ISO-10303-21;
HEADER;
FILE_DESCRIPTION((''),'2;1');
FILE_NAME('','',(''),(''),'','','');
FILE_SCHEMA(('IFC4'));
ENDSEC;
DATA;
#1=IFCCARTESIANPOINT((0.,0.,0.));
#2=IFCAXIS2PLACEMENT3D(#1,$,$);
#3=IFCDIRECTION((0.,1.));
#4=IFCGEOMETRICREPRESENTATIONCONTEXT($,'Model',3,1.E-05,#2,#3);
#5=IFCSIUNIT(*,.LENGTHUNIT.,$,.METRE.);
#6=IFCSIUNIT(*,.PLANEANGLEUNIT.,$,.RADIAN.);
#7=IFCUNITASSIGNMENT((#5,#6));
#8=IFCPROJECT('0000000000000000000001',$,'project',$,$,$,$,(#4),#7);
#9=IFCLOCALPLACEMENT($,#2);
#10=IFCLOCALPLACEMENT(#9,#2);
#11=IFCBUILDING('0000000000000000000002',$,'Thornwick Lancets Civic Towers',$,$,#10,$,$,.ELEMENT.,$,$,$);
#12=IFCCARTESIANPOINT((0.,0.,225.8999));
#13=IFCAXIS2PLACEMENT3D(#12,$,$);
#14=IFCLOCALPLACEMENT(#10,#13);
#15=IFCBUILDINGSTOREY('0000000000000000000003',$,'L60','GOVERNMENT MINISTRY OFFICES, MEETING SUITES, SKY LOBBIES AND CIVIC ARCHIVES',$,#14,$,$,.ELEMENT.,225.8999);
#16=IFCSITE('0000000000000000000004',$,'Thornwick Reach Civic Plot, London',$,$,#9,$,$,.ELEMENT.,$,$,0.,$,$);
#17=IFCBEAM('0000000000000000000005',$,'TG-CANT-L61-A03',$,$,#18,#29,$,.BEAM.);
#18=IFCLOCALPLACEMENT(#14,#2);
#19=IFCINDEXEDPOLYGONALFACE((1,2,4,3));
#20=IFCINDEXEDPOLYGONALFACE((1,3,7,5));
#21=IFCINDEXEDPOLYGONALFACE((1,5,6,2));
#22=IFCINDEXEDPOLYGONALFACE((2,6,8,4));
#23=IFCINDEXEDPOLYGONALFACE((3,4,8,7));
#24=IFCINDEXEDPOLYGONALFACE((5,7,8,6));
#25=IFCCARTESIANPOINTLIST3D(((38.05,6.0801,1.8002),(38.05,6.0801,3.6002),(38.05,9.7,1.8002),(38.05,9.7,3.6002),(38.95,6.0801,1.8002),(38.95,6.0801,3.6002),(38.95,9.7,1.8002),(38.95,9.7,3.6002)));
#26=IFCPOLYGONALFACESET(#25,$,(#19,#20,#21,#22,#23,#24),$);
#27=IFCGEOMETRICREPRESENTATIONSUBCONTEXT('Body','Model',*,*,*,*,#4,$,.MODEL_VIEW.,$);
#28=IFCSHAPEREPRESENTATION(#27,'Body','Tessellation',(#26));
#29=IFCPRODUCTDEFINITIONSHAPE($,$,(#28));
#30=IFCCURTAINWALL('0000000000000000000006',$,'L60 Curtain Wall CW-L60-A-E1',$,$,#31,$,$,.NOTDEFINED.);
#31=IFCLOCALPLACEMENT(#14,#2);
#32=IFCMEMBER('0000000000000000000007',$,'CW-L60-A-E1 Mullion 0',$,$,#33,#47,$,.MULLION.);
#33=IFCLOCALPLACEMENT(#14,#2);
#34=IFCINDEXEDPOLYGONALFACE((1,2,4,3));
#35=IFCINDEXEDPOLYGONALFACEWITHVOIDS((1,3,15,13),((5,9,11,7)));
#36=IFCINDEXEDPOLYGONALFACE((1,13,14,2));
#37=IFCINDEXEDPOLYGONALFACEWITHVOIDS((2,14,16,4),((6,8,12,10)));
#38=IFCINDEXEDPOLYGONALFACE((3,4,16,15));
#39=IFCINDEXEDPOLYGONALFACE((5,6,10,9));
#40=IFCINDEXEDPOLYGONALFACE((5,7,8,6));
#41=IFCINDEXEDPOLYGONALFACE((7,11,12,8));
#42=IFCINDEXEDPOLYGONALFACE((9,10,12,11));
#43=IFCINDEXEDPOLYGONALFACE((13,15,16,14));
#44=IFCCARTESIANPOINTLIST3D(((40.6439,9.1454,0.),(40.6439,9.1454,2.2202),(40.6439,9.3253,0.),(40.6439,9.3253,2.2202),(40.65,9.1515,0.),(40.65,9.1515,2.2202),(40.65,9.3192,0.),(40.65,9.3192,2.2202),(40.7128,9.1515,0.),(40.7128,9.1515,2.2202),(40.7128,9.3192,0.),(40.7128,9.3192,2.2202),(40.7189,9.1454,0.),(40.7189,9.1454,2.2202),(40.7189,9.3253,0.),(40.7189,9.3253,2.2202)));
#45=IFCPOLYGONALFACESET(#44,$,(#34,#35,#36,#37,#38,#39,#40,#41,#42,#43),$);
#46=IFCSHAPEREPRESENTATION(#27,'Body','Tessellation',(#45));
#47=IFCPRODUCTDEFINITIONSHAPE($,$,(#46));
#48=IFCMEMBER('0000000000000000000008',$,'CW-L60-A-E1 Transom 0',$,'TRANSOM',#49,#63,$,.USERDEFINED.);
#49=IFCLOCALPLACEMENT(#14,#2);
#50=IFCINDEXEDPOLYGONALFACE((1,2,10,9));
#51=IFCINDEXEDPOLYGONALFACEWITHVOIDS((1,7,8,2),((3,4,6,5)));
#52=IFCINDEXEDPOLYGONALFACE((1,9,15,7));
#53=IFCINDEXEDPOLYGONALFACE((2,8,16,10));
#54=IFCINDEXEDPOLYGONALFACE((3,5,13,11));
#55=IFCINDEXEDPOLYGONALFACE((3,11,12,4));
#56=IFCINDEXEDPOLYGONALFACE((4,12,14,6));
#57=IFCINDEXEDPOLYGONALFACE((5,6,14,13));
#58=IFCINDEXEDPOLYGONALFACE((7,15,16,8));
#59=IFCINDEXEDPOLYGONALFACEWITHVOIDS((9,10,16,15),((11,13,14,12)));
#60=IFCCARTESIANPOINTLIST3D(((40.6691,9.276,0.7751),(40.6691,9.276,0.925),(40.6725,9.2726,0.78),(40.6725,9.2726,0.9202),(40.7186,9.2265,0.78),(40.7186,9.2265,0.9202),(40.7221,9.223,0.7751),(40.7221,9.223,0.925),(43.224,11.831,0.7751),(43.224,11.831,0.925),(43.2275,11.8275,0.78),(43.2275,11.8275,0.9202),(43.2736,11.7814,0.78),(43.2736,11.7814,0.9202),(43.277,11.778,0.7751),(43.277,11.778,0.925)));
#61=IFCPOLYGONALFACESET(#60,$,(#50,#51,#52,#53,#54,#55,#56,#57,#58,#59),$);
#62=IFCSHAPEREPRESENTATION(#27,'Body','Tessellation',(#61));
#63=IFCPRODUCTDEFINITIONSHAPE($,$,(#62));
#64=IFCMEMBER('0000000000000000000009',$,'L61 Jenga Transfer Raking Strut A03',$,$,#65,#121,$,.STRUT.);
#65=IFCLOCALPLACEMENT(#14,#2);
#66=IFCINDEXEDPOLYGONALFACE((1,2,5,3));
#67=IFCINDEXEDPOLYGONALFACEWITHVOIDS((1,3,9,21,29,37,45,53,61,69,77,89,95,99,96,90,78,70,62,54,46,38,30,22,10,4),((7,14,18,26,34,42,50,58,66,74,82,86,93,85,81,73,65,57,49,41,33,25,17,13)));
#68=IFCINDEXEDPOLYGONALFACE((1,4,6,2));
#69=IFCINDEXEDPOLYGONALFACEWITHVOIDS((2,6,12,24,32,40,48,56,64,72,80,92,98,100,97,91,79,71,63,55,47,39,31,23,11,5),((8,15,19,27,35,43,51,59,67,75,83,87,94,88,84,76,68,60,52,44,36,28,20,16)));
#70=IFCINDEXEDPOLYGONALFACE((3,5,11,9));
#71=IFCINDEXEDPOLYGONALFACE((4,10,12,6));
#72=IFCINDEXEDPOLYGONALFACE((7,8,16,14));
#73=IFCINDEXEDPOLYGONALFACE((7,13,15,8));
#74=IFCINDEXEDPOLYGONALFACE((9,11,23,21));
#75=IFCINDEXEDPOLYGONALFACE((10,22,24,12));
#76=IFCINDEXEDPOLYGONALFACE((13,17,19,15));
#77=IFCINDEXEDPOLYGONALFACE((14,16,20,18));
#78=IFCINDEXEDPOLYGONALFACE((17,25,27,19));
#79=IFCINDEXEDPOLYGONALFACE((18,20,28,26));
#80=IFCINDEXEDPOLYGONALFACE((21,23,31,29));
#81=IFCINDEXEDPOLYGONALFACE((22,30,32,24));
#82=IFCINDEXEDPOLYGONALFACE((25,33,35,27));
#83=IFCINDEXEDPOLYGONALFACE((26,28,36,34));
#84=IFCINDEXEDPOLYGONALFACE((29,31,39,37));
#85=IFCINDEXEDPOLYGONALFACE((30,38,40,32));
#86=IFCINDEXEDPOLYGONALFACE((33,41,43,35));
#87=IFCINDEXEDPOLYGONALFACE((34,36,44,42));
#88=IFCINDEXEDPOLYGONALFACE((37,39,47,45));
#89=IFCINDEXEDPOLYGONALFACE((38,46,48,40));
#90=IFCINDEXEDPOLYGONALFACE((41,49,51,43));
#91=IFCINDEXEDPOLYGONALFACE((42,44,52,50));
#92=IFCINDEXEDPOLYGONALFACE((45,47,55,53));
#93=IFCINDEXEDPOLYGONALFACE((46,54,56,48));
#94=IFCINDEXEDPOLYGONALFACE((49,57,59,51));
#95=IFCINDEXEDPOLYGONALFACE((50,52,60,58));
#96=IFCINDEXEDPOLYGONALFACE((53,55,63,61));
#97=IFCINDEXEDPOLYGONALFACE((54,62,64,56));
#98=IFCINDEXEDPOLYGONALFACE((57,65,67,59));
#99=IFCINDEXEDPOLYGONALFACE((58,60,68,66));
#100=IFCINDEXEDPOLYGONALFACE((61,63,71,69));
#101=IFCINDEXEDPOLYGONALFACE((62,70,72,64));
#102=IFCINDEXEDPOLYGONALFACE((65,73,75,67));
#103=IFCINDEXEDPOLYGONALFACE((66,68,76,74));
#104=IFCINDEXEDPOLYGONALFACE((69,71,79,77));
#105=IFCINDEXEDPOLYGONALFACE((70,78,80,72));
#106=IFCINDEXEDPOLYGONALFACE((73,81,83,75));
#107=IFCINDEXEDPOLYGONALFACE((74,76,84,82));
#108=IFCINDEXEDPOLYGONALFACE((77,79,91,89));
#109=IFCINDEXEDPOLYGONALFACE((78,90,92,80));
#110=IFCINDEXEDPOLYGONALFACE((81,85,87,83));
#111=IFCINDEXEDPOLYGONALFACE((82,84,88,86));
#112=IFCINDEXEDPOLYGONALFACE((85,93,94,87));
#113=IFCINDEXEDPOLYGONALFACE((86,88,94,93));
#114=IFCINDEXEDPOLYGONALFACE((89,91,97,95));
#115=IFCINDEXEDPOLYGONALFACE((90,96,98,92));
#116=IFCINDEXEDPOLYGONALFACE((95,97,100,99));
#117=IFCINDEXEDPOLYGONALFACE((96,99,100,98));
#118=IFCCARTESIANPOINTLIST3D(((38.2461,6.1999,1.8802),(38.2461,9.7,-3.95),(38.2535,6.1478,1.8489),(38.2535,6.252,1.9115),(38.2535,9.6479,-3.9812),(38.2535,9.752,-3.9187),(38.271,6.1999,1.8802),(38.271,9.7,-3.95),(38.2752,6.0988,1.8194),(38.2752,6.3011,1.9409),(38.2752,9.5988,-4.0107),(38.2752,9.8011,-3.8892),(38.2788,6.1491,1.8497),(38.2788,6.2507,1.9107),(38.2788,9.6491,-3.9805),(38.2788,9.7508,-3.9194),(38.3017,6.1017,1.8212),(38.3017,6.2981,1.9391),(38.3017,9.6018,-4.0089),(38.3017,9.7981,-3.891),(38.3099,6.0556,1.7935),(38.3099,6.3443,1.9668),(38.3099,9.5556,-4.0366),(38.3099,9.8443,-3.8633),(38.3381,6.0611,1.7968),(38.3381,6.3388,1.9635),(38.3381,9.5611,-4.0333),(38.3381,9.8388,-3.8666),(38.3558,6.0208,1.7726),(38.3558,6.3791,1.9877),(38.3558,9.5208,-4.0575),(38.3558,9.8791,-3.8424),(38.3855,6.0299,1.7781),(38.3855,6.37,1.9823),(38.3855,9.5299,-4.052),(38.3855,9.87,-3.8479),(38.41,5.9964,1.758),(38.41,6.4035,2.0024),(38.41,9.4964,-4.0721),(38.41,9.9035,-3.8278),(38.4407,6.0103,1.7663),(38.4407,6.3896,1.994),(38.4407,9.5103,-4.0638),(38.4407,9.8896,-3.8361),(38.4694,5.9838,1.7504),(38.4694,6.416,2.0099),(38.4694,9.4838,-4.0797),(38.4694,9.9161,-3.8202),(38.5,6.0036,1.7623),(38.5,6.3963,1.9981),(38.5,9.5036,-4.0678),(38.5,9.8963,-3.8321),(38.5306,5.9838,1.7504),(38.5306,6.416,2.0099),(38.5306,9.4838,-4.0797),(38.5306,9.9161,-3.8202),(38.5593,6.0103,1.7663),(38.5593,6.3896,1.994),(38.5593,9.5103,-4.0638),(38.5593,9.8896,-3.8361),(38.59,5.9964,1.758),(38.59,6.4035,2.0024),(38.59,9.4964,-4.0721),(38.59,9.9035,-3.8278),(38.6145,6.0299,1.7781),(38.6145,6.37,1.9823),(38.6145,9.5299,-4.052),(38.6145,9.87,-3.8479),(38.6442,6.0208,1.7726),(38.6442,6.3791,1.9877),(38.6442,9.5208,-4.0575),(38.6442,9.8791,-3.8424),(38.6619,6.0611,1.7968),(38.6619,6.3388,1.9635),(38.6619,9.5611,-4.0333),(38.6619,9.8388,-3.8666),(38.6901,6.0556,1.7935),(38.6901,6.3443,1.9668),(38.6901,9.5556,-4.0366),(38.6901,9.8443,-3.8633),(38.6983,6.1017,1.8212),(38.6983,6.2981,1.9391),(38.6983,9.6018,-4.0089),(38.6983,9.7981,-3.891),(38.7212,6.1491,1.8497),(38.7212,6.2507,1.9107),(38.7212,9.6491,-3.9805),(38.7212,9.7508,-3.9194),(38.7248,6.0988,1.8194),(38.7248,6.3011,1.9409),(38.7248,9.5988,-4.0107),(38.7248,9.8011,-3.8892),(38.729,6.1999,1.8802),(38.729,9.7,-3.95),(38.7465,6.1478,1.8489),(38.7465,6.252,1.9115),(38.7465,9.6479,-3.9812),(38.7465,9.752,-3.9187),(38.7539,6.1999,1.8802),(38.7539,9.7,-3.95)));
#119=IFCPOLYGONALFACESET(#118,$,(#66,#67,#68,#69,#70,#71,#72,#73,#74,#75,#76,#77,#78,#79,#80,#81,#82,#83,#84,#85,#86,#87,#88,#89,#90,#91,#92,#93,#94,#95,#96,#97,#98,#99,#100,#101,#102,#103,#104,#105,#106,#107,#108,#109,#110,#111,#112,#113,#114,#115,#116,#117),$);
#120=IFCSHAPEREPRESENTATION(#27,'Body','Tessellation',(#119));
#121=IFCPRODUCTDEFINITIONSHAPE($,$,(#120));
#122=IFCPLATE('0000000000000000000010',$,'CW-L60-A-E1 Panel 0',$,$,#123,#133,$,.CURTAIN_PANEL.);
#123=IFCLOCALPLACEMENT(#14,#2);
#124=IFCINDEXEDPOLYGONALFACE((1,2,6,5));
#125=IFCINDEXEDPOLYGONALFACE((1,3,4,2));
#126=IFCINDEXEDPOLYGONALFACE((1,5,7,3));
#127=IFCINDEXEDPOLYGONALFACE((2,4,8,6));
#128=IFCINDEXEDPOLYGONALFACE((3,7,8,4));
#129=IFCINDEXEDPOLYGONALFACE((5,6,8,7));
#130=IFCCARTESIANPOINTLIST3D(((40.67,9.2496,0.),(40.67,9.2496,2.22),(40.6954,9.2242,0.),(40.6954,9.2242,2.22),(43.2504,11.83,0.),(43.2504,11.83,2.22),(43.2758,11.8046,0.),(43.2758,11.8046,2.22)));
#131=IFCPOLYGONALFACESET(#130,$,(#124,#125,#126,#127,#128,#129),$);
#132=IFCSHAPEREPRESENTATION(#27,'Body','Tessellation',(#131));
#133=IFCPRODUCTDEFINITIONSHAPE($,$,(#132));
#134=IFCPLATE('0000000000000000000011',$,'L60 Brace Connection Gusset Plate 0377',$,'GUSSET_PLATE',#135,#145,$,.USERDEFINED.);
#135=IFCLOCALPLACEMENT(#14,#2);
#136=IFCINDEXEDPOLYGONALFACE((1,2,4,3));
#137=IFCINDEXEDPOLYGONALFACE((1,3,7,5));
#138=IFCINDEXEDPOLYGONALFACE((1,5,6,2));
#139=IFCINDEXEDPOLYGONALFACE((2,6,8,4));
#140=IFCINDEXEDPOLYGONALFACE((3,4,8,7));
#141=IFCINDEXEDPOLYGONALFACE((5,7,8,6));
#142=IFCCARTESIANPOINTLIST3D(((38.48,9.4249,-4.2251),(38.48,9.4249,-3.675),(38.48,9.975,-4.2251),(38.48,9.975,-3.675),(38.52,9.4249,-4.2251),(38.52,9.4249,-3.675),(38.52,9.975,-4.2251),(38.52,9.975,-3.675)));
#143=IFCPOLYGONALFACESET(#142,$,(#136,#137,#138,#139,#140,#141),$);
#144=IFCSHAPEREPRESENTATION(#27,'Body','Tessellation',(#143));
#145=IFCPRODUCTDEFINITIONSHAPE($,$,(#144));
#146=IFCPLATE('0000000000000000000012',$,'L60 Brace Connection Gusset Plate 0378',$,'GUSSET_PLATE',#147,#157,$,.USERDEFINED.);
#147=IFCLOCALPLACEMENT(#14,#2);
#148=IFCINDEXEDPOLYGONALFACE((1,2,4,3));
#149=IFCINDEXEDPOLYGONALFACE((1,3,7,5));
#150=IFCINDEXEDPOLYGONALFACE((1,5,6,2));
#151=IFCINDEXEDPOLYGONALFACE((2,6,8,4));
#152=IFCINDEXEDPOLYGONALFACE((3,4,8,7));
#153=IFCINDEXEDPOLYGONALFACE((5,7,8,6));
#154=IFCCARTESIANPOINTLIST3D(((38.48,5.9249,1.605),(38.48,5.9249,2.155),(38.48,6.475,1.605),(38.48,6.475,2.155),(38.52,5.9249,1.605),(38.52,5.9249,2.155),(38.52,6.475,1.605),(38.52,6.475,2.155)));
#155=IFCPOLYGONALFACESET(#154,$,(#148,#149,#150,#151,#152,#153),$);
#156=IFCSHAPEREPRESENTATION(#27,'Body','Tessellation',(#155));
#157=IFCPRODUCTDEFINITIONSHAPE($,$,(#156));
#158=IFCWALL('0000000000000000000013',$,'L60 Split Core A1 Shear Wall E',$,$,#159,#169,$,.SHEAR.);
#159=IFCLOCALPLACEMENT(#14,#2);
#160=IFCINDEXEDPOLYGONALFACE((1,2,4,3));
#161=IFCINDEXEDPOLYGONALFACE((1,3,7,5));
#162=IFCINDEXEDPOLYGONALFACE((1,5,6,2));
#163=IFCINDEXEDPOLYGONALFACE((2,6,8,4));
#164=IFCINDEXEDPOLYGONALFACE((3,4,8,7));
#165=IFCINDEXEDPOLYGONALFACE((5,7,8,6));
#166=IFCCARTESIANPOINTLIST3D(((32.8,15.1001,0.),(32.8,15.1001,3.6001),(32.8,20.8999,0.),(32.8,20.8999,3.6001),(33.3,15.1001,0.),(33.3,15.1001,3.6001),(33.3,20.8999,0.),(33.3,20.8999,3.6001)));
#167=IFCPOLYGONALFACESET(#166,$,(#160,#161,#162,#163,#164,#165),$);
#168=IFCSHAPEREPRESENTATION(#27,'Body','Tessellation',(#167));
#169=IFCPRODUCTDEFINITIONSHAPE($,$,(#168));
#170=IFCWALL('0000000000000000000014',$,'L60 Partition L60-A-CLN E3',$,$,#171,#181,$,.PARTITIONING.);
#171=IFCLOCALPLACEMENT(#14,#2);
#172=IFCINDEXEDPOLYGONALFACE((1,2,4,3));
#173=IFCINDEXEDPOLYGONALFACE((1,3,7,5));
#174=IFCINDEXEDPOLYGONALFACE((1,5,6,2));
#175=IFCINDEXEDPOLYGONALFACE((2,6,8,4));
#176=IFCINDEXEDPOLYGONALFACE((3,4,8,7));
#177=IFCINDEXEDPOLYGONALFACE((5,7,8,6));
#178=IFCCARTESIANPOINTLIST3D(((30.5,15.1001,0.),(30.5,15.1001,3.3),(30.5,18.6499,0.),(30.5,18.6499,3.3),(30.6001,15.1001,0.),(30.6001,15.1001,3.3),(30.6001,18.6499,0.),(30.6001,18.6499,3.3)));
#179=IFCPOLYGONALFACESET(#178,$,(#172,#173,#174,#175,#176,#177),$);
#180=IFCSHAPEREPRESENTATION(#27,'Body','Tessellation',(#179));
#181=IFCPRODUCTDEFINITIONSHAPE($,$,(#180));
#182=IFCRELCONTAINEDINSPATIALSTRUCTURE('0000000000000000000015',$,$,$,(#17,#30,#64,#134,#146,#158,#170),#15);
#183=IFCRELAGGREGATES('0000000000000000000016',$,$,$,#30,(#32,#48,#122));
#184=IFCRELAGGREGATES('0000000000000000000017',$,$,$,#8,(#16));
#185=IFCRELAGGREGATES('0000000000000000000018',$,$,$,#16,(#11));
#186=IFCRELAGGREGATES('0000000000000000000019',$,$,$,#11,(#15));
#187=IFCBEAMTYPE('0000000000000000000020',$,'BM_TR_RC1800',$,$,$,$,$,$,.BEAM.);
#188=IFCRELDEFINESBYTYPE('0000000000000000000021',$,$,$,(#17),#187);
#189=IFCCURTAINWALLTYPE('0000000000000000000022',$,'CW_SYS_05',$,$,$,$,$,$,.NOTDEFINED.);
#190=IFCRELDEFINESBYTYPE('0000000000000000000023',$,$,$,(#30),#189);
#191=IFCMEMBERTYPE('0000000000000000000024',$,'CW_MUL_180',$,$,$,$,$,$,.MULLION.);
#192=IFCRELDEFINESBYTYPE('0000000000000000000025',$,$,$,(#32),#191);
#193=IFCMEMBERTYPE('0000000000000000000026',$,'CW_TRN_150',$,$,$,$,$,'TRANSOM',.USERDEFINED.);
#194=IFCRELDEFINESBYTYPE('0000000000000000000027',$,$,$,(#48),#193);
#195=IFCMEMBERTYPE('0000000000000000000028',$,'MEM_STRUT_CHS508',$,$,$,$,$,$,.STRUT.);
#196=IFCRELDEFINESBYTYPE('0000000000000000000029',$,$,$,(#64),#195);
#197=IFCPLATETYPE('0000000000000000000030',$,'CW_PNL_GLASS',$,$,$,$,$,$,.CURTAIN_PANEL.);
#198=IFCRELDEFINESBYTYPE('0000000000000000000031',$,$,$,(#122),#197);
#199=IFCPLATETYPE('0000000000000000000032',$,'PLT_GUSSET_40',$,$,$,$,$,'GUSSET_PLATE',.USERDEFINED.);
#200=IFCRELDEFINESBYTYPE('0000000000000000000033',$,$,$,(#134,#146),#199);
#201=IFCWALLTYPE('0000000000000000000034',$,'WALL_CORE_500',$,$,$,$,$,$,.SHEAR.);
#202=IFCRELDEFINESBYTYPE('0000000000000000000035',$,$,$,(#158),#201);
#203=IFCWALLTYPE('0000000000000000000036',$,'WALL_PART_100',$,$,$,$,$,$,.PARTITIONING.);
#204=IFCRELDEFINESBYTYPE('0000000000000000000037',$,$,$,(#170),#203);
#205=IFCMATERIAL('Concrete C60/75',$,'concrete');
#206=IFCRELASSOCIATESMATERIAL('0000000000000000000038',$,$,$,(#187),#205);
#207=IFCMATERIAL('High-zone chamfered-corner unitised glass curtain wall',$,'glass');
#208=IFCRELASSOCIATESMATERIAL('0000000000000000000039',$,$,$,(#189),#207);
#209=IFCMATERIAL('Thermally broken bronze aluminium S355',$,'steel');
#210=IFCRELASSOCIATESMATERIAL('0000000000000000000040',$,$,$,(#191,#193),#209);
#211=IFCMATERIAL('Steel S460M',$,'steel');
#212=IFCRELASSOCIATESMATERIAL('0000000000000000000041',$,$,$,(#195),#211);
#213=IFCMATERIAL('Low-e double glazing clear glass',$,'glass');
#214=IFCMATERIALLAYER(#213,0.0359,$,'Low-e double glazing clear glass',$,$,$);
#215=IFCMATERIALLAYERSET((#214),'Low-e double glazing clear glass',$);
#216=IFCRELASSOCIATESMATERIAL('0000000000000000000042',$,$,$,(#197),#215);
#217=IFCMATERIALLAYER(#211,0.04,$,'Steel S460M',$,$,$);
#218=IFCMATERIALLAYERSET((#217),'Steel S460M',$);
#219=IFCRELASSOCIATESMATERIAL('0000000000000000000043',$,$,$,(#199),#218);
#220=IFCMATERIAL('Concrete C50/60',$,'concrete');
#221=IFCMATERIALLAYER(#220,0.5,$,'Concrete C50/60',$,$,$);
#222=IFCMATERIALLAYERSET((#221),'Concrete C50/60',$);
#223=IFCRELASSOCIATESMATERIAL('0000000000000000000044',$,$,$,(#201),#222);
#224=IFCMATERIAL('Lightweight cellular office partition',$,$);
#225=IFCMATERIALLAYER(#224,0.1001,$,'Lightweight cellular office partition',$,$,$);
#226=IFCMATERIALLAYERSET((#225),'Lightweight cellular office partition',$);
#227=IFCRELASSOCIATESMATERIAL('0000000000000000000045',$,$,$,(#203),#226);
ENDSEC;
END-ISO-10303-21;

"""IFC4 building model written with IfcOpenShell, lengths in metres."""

from ifc_helpers import new_model, si_unit, direction, frame, frame_2d, origin, origin_2d, place, context, subcontext, project, spatial, rectangle, hollow_rectangle, hollow_circle, extrude, material, layer, layer_set, material_profile, profile_set, type_object, element, aggregate, save


model = new_model("IFC4")

# Units and contexts
model_context = context("Model", 3, precision=1e-05, world=origin(), true_north=direction((0.0, 1.0)))
body_context = subcontext(model_context, "Body", "Model", "MODEL_VIEW")
ifc_project = project(units=[si_unit("LENGTHUNIT", "METRE"), si_unit("PLANEANGLEUNIT", "RADIAN")], contexts=[model_context])

# Site, building, storey
site_placement = place(None, origin())
site = spatial("IfcSite", under=ifc_project, at=site_placement, Name="Thornwick Reach Civic Plot, London", CompositionType="ELEMENT", RefElevation=0.0)
building_placement = place(site_placement, origin())
building = spatial("IfcBuilding", under=site, at=building_placement, Name="Thornwick Lancets Civic Towers", CompositionType="ELEMENT")
storey_placement = place(building_placement, frame((0.0, 0.0, 225.8999)))
storey = spatial("IfcBuildingStorey", under=building, at=storey_placement, Name="L60", Description="GOVERNMENT MINISTRY OFFICES, MEETING SUITES, SKY LOBBIES AND CIVIC ARCHIVES", CompositionType="ELEMENT", Elevation=225.8999)

# Shared definitions
ifc_material_1 = material(Name="Concrete C50/60", Category="concrete")

# Beam
ifc_material_2 = material(Name="Concrete C60/75", Category="concrete")
ifc_material_profile_1 = material_profile(ifc_material_2, rectangle(XDim=0.8999, YDim=1.8, at=origin_2d()), Name="RC 900x1800")
ifc_profile_set_1 = profile_set([ifc_material_profile_1], Name="Concrete C60/75")
beam_type_1 = type_object("IfcBeamType", Name="BM_TR_RC1800", PredefinedType="BEAM", material=ifc_profile_set_1)
beam_1_placement = place(storey_placement, frame((38.5, 9.7, 2.7002), z_axis=(0.0, -1.0, 0.0), x_axis=(1.0, 0.0, 0.0)))
element("IfcBeam", 1, at=beam_1_placement, inside=storey, type_object=beam_type_1, Name="TG-CANT-L61-A03", PredefinedType="BEAM", context=body_context, shape_type="SweptSolid", body=[
    extrude(rectangle(XDim=0.8999, YDim=1.8, at=origin_2d()), origin(), (0.0, 0.0, 1.0), 3.6199),
])

# Curtain wall, members
ifc_material_3 = material(Name="High-zone chamfered-corner unitised glass curtain wall", Category="glass")
curtain_wall_type = type_object("IfcCurtainWallType", Name="CW_SYS_05", PredefinedType="NOTDEFINED", material=ifc_material_3)
curtain_wall_placement = place(storey_placement, origin())
curtain_wall = element("IfcCurtainWall", 2, at=curtain_wall_placement, inside=storey, type_object=curtain_wall_type, Name="L60 Curtain Wall CW-L60-A-E1", PredefinedType="NOTDEFINED")
ifc_material_4 = material(Name="Thermally broken bronze aluminium S355", Category="steel")
ifc_material_profile_2 = material_profile(ifc_material_4, hollow_rectangle(XDim=0.075, YDim=0.1799, WallThickness=0.0061, at=origin_2d()), Name="RHS 180x75x6")
ifc_profile_set_2 = profile_set([ifc_material_profile_2], Name="Thermally broken bronze aluminium S355")
member_type_1 = type_object("IfcMemberType", Name="CW_MUL_180", PredefinedType="MULLION", material=ifc_profile_set_2)
member_1_placement = place(storey_placement, frame((40.6814, 9.2354, 0.0), z_axis=(0.0, 0.0, 1.0), x_axis=(1.0, 0.0, 0.0)))
member_1 = element("IfcMember", 3, at=member_1_placement, type_object=member_type_1, Name="CW-L60-A-E1 Mullion 0", PredefinedType="MULLION", context=body_context, shape_type="SweptSolid", body=[
    extrude(hollow_rectangle(XDim=0.075, YDim=0.1799, WallThickness=0.0061, at=origin_2d()), origin(), (0.0, 0.0, 1.0), 2.2202),
])
ifc_material_profile_3 = material_profile(ifc_material_4, hollow_rectangle(XDim=0.075, YDim=0.1499, WallThickness=0.0049, at=origin_2d()), Name="RHS 150x75x5")
ifc_profile_set_3 = profile_set([ifc_material_profile_3], Name="Thermally broken bronze aluminium S355")
member_type_2 = type_object("IfcMemberType", Name="CW_TRN_150", ElementType="TRANSOM", PredefinedType="USERDEFINED", material=ifc_profile_set_3)
member_2_placement = place(storey_placement, frame((40.6956, 9.2495, 0.8501), z_axis=(0.707107, 0.707107, 0.0), x_axis=(-0.707107, 0.707107, 0.0)))
member_2 = element("IfcMember", 4, at=member_2_placement, type_object=member_type_2, Name="CW-L60-A-E1 Transom 0", ObjectType="TRANSOM", PredefinedType="USERDEFINED", context=body_context, shape_type="SweptSolid", body=[
    extrude(hollow_rectangle(XDim=0.075, YDim=0.1499, WallThickness=0.0049, at=origin_2d()), origin(), (0.0, 0.0, 1.0), 3.6133),
])

# Member
ifc_material_5 = material(Name="Steel S460M", Category="steel")
ifc_material_profile_4 = material_profile(ifc_material_5, hollow_circle(Radius=0.2539, WallThickness=0.0249, at=origin_2d()), Name="CHS 508x25")
ifc_profile_set_4 = profile_set([ifc_material_profile_4], Name="Steel S460M")
member_type_3 = type_object("IfcMemberType", Name="MEM_STRUT_CHS508", PredefinedType="STRUT", material=ifc_profile_set_4)
member_3_placement = place(storey_placement, frame((38.5, 9.7, -3.95), z_axis=(0.0, -0.514707, 0.857366), x_axis=(1.0, 0.0, 0.0)))
element("IfcMember", 5, at=member_3_placement, inside=storey, type_object=member_type_3, Name="L61 Jenga Transfer Raking Strut A03", PredefinedType="STRUT", context=body_context, shape_type="SweptSolid", body=[
    extrude(hollow_circle(Radius=0.2539, WallThickness=0.0249, at=origin_2d()), origin(), (0.0, 0.0, 1.0), 6.8),
])

# Plate
ifc_material_6 = material(Name="Low-e double glazing clear glass", Category="glass")
ifc_layer_1 = layer(ifc_material_6, 0.0359, Name="Low-e double glazing clear glass")
ifc_layer_set_1 = layer_set([ifc_layer_1], Name="Low-e double glazing clear glass")
plate_type_1 = type_object("IfcPlateType", Name="CW_PNL_GLASS", PredefinedType="CURTAIN_PANEL", material=ifc_layer_set_1)
plate_placement = place(storey_placement, frame((41.9729, 10.5271, 0.0), z_axis=(0.0, 0.0, 1.0), x_axis=(0.707107, 0.707107, 0.0)))
plate = element("IfcPlate", 6, at=plate_placement, type_object=plate_type_1, Name="CW-L60-A-E1 Panel 0", PredefinedType="CURTAIN_PANEL", context=body_context, shape_type="SweptSolid", body=[
    extrude(rectangle(XDim=3.6492, YDim=0.0359, at=origin_2d()), origin(), (0.0, 0.0, 1.0), 2.22),
])
aggregate(curtain_wall, [member_1, member_2, plate])

# Plates
ifc_layer_2 = layer(ifc_material_5, 0.04, Name="Steel S460M")
ifc_layer_set_2 = layer_set([ifc_layer_2], Name="Steel S460M")
plate_type_2 = type_object("IfcPlateType", Name="PLT_GUSSET_40", ElementType="GUSSET_PLATE", PredefinedType="USERDEFINED", material=ifc_layer_set_2)
for number, where, z_axis, x_axis, name in (
    (7, (38.5, 9.7, -4.2251), (0.0, 0.0, 1.0), (0.0, -1.0, 0.0), "L60 Brace Connection Gusset Plate 0377"),
    (8, (38.5, 6.2, 1.605), (0.0, 0.0, 1.0), (0.0, -1.0, 0.0), "L60 Brace Connection Gusset Plate 0378"),
):
    element("IfcPlate", number, at=place(storey_placement, frame(where, z_axis=z_axis, x_axis=x_axis)), inside=storey, type_object=plate_type_2, Name=name, ObjectType="GUSSET_PLATE", PredefinedType="USERDEFINED", context=body_context, shape_type="SweptSolid", body=[
        extrude(rectangle(XDim=0.55, YDim=0.04, at=origin_2d()), origin(), (0.0, 0.0, 1.0), 0.55),
    ])

# Walls
ifc_layer_3 = layer(ifc_material_1, 0.5, Name="Concrete C50/60")
ifc_layer_set_3 = layer_set([ifc_layer_3], Name="Concrete C50/60")
wall_type_1 = type_object("IfcWallType", Name="WALL_CORE_500", PredefinedType="SHEAR", material=ifc_layer_set_3)
wall_1_placement = place(storey_placement, frame((33.05, 15.1001, 0.0), z_axis=(0.0, 0.0, 1.0), x_axis=(0.0, 1.0, 0.0)))
element("IfcWall", 9, at=wall_1_placement, inside=storey, type_object=wall_type_1, Name="L60 Split Core A1 Shear Wall E", PredefinedType="SHEAR", context=body_context, shape_type="SweptSolid", body=[
    extrude(rectangle(XDim=5.7998, YDim=0.5, at=frame_2d((2.8999, 0.0))), origin(), (0.0, 0.0, 1.0), 3.6001),
])
ifc_material_7 = material(Name="Lightweight cellular office partition")
ifc_layer_4 = layer(ifc_material_7, 0.1001, Name="Lightweight cellular office partition")
ifc_layer_set_4 = layer_set([ifc_layer_4], Name="Lightweight cellular office partition")
wall_type_2 = type_object("IfcWallType", Name="WALL_PART_100", PredefinedType="PARTITIONING", material=ifc_layer_set_4)
wall_2_placement = place(storey_placement, frame((30.55, 15.1001, 0.0), z_axis=(0.0, 0.0, 1.0), x_axis=(0.0, 1.0, 0.0)))
element("IfcWall", 10, at=wall_2_placement, inside=storey, type_object=wall_type_2, Name="L60 Partition L60-A-CLN E3", PredefinedType="PARTITIONING", context=body_context, shape_type="SweptSolid", body=[
    extrude(rectangle(XDim=3.5498, YDim=0.1001, at=frame_2d((1.7749, 0.0))), origin(), (0.0, 0.0, 1.0), 3.3),
])

save(model, "model.ifc")
